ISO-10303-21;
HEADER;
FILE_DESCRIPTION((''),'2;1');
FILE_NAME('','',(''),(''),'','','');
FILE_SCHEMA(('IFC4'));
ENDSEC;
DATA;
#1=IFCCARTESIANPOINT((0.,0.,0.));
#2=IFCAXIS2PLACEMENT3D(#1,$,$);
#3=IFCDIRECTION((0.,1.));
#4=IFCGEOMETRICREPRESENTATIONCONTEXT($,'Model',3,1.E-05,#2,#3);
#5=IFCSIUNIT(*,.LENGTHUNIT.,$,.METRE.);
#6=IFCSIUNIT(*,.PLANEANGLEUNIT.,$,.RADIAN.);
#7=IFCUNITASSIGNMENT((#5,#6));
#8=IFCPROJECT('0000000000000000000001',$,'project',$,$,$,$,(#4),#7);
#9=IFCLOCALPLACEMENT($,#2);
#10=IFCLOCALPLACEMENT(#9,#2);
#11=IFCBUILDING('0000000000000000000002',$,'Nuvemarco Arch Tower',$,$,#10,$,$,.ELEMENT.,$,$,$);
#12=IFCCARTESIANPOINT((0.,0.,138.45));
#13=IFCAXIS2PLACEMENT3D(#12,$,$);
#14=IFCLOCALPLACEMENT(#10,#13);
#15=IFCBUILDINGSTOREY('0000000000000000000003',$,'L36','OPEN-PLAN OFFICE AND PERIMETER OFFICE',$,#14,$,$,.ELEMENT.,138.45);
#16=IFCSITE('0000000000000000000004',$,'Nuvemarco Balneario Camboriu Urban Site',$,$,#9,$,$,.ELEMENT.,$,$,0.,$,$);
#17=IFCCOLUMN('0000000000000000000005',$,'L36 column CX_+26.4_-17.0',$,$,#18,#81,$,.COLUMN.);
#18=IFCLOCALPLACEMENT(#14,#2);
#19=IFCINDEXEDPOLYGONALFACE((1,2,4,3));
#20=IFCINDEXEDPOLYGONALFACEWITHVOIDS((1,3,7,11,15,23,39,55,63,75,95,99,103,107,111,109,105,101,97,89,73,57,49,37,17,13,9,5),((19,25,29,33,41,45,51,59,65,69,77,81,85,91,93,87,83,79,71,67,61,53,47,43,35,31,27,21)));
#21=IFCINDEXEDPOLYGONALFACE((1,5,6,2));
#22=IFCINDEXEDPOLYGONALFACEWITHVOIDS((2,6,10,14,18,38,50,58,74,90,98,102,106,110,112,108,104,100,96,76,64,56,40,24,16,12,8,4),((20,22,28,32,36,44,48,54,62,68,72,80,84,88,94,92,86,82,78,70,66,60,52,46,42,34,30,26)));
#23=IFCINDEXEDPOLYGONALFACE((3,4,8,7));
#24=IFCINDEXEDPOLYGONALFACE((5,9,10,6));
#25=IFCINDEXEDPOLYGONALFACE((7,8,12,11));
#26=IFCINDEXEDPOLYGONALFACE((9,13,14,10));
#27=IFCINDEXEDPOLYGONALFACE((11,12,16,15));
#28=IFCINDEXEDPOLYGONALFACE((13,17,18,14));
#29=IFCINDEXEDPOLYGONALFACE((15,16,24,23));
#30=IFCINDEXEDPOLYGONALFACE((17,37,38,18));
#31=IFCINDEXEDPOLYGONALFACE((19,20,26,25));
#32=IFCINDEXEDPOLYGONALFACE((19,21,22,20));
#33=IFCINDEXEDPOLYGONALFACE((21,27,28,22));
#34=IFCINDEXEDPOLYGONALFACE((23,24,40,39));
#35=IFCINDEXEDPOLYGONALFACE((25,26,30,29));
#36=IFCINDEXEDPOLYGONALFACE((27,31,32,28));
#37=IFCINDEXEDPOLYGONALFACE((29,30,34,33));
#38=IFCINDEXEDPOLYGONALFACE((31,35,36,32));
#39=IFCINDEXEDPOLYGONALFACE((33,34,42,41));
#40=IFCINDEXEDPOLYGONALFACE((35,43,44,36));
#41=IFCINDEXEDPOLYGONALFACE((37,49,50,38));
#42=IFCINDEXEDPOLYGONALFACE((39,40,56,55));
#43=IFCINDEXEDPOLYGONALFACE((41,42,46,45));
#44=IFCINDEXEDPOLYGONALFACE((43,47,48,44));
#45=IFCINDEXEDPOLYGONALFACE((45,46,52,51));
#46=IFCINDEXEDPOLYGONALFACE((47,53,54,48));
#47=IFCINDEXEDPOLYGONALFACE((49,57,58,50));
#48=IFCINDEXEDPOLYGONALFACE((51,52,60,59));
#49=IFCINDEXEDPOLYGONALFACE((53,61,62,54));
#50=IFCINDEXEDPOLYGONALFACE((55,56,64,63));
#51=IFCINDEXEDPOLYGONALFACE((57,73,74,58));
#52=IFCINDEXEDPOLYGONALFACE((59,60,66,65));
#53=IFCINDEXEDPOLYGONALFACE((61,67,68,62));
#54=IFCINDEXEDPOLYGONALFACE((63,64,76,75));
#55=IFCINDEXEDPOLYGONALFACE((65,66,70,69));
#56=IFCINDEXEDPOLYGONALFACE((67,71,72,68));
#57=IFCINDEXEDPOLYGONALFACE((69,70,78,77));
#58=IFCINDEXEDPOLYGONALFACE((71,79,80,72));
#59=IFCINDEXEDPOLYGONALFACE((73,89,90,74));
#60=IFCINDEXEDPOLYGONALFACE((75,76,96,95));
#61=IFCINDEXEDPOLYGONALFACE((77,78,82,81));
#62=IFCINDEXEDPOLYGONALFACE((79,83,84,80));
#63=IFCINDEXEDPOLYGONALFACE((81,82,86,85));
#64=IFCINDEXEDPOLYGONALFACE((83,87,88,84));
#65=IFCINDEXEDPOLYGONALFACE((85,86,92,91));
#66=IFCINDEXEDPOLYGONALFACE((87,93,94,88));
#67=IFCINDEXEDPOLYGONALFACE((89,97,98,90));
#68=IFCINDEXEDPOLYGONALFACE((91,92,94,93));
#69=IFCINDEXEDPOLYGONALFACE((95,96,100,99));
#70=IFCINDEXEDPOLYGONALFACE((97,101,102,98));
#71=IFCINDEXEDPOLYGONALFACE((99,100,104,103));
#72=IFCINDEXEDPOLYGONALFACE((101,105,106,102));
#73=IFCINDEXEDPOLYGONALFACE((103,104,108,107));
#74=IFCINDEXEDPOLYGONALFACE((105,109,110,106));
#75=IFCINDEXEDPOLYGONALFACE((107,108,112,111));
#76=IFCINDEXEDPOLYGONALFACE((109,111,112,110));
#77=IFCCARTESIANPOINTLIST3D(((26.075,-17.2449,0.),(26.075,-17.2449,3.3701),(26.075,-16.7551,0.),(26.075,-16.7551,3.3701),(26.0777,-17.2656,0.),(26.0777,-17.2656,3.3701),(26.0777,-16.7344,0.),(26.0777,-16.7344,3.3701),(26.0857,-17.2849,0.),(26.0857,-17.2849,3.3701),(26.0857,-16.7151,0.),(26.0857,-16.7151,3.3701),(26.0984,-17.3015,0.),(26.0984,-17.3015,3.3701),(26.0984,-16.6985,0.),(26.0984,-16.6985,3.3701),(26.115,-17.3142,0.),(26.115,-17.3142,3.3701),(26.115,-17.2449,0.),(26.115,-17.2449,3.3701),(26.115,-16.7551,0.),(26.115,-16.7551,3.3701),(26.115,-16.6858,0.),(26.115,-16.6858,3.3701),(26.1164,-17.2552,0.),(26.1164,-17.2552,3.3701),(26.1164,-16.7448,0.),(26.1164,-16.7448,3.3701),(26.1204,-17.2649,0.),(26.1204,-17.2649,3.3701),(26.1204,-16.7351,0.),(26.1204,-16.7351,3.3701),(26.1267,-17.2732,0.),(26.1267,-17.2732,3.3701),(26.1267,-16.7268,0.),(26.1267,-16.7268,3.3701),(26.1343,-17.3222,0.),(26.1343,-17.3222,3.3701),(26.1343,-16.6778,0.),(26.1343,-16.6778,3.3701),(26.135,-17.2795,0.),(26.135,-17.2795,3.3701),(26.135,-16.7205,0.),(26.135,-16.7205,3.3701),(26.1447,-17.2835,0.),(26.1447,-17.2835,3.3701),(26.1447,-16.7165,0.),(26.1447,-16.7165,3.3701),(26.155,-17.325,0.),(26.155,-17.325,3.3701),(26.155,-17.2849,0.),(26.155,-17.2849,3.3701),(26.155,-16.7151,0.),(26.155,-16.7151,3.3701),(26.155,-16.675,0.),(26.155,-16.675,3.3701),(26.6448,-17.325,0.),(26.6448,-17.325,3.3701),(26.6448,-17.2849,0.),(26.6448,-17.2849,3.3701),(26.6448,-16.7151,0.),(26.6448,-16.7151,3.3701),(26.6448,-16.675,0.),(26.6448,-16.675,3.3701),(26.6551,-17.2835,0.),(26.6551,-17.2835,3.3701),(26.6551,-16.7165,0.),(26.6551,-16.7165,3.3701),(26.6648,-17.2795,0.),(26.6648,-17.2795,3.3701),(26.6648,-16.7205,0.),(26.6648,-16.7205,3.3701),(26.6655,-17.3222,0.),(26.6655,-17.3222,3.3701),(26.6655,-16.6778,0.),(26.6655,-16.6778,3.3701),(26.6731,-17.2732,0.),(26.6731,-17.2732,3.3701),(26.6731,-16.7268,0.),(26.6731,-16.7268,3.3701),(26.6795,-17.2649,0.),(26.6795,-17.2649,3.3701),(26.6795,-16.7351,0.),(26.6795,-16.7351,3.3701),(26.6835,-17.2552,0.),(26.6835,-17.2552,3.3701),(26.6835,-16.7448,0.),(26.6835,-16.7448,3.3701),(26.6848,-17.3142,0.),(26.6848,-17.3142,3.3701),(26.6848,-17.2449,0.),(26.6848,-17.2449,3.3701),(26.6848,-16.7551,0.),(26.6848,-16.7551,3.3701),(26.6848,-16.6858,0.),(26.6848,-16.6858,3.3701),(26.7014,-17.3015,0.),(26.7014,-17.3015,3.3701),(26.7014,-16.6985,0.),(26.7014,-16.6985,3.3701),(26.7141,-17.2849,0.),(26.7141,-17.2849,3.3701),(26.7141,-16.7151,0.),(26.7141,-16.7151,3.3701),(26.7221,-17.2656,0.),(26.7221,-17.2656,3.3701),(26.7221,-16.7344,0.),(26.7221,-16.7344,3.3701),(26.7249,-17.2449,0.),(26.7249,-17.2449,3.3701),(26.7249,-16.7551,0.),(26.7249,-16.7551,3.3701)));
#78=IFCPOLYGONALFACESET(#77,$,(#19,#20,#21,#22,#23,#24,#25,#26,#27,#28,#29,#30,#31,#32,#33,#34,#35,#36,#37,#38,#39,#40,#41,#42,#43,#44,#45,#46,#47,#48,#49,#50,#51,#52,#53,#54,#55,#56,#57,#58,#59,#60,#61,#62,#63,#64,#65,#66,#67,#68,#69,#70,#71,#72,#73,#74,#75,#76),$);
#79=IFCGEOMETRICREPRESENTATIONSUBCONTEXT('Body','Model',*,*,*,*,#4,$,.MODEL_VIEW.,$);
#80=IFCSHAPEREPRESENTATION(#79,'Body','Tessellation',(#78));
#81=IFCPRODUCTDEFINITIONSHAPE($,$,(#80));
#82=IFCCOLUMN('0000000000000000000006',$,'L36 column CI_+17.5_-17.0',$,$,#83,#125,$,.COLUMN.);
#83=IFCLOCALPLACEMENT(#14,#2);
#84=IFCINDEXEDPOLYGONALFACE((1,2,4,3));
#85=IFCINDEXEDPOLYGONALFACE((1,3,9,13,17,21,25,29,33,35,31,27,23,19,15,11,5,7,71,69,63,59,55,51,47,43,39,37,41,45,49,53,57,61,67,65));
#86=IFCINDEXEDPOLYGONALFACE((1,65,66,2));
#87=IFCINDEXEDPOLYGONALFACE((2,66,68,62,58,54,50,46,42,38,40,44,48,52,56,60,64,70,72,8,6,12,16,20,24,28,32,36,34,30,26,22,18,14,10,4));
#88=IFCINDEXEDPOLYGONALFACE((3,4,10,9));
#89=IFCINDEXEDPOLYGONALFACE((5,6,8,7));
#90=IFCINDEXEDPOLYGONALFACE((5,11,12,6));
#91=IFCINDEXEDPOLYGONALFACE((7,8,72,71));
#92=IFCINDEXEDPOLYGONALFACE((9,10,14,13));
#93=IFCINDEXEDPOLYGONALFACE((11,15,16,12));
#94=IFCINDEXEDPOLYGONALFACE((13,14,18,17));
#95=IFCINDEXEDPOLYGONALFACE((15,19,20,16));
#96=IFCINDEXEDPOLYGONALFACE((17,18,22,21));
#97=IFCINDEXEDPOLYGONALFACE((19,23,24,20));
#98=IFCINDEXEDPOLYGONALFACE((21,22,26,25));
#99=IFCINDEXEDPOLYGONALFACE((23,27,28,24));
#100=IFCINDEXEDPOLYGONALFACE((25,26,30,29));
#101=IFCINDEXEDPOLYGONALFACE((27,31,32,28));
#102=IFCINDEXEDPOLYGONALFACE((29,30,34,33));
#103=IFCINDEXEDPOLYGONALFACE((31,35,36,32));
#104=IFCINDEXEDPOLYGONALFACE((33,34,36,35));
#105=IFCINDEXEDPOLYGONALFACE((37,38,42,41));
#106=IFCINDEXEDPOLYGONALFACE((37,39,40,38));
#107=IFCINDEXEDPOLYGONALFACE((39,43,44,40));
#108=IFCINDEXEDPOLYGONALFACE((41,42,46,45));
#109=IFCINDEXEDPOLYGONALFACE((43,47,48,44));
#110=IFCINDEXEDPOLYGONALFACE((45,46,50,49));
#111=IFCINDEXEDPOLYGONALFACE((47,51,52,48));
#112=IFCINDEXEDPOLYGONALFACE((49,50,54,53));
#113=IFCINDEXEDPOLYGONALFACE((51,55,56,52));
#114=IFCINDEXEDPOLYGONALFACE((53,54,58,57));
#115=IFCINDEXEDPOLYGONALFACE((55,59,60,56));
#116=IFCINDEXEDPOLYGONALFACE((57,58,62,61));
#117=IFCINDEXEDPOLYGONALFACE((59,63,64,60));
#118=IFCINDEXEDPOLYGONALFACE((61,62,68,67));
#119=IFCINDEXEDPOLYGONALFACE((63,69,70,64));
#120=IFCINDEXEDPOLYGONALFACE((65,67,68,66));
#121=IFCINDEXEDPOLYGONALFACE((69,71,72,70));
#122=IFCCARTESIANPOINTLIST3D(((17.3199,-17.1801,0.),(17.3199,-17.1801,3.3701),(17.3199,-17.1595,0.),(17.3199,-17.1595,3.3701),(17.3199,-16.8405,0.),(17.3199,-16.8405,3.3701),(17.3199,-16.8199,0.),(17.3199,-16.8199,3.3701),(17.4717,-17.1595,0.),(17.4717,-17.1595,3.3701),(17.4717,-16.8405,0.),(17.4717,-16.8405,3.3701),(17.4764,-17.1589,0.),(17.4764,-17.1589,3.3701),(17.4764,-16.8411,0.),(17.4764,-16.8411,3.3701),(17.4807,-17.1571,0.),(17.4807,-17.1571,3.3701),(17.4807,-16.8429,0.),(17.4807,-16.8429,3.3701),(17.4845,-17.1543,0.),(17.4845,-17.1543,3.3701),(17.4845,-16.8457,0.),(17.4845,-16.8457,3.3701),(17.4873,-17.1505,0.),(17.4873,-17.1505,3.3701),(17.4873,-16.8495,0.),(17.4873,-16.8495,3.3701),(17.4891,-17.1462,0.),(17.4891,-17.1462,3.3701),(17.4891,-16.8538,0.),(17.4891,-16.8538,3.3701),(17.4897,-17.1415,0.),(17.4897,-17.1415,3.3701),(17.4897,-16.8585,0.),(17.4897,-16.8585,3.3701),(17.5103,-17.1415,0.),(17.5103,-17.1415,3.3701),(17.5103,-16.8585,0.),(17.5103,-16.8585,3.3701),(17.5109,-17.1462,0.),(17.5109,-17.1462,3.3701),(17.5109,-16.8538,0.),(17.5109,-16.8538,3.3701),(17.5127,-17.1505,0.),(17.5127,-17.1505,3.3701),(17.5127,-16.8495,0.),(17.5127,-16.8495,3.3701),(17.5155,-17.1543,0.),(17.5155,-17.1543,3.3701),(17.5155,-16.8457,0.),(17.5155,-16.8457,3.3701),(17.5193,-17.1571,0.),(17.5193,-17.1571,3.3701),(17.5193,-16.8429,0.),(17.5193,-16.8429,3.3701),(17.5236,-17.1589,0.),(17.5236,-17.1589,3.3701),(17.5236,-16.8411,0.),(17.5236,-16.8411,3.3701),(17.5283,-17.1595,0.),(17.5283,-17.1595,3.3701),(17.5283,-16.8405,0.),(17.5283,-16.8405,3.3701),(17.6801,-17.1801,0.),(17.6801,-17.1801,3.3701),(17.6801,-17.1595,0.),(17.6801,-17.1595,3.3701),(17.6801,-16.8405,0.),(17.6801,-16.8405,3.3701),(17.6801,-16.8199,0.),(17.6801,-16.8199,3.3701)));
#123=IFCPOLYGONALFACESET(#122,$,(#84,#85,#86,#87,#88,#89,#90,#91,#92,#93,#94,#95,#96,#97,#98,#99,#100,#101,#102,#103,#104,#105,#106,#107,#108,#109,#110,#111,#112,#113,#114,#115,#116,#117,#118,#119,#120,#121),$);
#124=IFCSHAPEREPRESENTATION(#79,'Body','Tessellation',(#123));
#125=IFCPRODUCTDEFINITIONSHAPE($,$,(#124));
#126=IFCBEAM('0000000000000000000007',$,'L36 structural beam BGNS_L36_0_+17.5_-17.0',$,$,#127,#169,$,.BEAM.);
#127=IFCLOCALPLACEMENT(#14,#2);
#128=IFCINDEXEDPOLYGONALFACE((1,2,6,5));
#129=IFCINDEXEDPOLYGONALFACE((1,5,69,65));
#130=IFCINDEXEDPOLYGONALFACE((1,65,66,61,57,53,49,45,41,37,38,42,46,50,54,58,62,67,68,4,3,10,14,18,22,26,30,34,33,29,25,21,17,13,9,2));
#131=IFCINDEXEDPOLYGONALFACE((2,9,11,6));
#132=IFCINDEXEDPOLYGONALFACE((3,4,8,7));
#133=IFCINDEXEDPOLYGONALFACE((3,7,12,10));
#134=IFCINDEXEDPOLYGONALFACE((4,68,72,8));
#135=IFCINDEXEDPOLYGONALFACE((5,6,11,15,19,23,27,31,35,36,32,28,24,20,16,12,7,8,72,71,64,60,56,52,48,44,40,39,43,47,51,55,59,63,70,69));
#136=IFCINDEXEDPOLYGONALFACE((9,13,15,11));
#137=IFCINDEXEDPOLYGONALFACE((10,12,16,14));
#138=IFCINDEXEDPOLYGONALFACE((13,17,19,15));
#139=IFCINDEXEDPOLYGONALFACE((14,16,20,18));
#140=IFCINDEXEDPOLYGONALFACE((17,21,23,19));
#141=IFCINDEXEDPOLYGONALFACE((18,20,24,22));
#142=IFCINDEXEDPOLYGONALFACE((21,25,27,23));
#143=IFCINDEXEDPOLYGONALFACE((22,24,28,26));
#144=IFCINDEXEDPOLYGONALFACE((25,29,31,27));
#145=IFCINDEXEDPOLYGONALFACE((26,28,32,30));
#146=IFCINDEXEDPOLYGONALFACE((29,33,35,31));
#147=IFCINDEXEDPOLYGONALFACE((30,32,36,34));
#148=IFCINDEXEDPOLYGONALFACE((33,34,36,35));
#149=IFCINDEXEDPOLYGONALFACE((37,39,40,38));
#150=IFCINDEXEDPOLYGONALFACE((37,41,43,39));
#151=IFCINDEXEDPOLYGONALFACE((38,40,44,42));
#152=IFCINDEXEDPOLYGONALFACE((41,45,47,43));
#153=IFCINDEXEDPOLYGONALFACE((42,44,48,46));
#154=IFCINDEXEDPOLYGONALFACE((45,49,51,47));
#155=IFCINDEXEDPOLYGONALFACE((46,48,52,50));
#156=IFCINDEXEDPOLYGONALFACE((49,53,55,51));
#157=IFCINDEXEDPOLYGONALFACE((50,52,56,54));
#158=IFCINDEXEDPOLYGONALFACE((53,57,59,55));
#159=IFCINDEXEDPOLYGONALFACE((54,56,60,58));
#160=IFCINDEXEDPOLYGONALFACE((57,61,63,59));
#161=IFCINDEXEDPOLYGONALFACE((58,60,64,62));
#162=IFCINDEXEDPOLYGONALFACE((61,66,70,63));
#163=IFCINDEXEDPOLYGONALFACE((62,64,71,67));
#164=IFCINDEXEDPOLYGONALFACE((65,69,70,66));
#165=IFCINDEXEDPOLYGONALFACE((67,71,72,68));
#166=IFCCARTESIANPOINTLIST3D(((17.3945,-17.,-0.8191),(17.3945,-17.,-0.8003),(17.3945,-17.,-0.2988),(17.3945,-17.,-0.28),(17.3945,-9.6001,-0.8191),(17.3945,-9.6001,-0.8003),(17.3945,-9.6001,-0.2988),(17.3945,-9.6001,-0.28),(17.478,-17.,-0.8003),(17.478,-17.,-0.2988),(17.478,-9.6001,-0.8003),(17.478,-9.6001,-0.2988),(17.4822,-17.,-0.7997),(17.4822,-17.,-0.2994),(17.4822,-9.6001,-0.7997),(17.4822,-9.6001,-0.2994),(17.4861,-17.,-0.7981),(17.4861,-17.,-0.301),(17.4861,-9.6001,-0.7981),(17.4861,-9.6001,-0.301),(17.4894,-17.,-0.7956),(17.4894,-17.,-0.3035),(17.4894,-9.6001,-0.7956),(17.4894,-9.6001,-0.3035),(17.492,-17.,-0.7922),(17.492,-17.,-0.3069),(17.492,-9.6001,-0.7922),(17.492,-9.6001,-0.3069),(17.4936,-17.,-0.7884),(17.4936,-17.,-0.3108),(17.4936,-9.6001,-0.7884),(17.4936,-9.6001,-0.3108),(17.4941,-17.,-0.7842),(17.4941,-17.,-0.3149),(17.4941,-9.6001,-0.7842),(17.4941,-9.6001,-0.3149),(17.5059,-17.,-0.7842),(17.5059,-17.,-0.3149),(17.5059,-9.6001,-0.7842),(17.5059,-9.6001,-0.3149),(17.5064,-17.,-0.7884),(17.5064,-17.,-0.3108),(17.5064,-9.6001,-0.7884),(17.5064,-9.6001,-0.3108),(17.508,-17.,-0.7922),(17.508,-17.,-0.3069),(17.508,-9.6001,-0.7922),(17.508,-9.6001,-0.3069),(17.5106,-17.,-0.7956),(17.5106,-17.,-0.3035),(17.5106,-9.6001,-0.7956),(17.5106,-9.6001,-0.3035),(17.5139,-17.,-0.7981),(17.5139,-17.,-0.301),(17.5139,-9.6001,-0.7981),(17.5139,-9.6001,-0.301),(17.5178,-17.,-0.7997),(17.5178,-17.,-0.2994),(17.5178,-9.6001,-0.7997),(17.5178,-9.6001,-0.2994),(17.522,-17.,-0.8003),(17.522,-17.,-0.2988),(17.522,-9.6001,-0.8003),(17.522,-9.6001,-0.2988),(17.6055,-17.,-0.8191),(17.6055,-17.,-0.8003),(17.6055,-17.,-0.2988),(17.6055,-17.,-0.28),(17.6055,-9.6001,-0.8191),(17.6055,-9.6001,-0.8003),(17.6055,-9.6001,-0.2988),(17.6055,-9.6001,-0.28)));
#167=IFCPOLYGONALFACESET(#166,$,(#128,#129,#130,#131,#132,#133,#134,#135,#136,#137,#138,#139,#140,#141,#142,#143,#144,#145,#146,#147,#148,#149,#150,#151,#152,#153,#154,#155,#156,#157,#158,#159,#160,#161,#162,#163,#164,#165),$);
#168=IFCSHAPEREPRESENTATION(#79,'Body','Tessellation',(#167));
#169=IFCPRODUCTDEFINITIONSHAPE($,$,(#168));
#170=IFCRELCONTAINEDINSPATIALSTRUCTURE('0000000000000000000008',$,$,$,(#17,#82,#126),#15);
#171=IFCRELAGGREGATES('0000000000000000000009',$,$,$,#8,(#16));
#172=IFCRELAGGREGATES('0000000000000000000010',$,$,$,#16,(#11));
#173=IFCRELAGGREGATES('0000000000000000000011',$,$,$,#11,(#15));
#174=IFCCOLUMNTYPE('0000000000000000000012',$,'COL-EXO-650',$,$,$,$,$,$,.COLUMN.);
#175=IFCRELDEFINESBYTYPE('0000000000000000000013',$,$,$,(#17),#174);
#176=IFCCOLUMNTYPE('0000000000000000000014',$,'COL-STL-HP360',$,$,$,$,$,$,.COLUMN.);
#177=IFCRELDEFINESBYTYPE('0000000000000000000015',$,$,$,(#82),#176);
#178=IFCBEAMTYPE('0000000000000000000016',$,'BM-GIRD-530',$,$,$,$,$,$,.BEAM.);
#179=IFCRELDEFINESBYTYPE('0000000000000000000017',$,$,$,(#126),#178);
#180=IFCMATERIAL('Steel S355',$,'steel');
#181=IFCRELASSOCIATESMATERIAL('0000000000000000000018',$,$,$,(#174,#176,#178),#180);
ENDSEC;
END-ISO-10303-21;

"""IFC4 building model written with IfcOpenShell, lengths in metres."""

from ifc_helpers import new_model, si_unit, direction, frame, origin, origin_2d, place, context, subcontext, project, spatial, hollow_rectangle, i_section, extrude, material, material_profile, profile_set, type_object, element, save


model = new_model("IFC4")

# Units and contexts
model_context = context("Model", 3, precision=1e-05, world=origin(), true_north=direction((0.0, 1.0)))
body_context = subcontext(model_context, "Body", "Model", "MODEL_VIEW")
ifc_project = project(units=[si_unit("LENGTHUNIT", "METRE"), si_unit("PLANEANGLEUNIT", "RADIAN")], contexts=[model_context])

# Site, building, storey
site_placement = place(None, origin())
site = spatial("IfcSite", under=ifc_project, at=site_placement, Name="Nuvemarco Balneario Camboriu Urban Site", CompositionType="ELEMENT", RefElevation=0.0)
building_placement = place(site_placement, origin())
building = spatial("IfcBuilding", under=site, at=building_placement, Name="Nuvemarco Arch Tower", CompositionType="ELEMENT")
storey_placement = place(building_placement, frame((0.0, 0.0, 138.45)))
storey = spatial("IfcBuildingStorey", under=building, at=storey_placement, Name="L36", Description="OPEN-PLAN OFFICE AND PERIMETER OFFICE", CompositionType="ELEMENT", Elevation=138.45)

# Columns
ifc_material_1 = material(Name="Steel S355", Category="steel")
ifc_material_profile_1 = material_profile(ifc_material_1, hollow_rectangle(XDim=0.6499, YDim=0.6499, WallThickness=0.04, InnerFilletRadius=0.04, OuterFilletRadius=0.0801, at=origin_2d()), Name="SHS650x650x40")
ifc_profile_set_1 = profile_set([ifc_material_profile_1], Name="Steel S355")
column_type_1 = type_object("IfcColumnType", Name="COL-EXO-650", PredefinedType="COLUMN", material=ifc_profile_set_1)
column_1_placement = place(storey_placement, frame((26.3999, -17.0, 0.0), z_axis=(0.0, 0.0, 1.0), x_axis=(1.0, 0.0, 0.0)))
element("IfcColumn", 1, at=column_1_placement, inside=storey, type_object=column_type_1, Name="L36 column CX_+26.4_-17.0", PredefinedType="COLUMN", context=body_context, shape_type="SweptSolid", body=[
    extrude(hollow_rectangle(XDim=0.6499, YDim=0.6499, WallThickness=0.04, InnerFilletRadius=0.04, OuterFilletRadius=0.0801, at=origin_2d()), origin(), (0.0, 0.0, 1.0), 3.3701),
])
ifc_material_profile_2 = material_profile(ifc_material_1, i_section(OverallWidth=0.3601, OverallDepth=0.3601, WebThickness=0.0205, FlangeThickness=0.0205, FilletRadius=0.0181, at=origin_2d()), Name="HP360x174")
ifc_profile_set_2 = profile_set([ifc_material_profile_2], Name="Steel S355")
column_type_2 = type_object("IfcColumnType", Name="COL-STL-HP360", PredefinedType="COLUMN", material=ifc_profile_set_2)
column_2_placement = place(storey_placement, frame((17.5, -17.0, 0.0), z_axis=(0.0, 0.0, 1.0), x_axis=(1.0, 0.0, 0.0)))
element("IfcColumn", 2, at=column_2_placement, inside=storey, type_object=column_type_2, Name="L36 column CI_+17.5_-17.0", PredefinedType="COLUMN", context=body_context, shape_type="SweptSolid", body=[
    extrude(i_section(OverallWidth=0.3601, OverallDepth=0.3601, WebThickness=0.0205, FlangeThickness=0.0205, FilletRadius=0.0181, at=origin_2d()), origin(), (0.0, 0.0, 1.0), 3.3701),
])

# Beam
ifc_material_profile_3 = material_profile(ifc_material_1, i_section(OverallWidth=0.2109, OverallDepth=0.5391, WebThickness=0.0117, FlangeThickness=0.0188, FilletRadius=0.0161, at=origin_2d()), Name="W530x109")
ifc_profile_set_3 = profile_set([ifc_material_profile_3], Name="Steel S355")
beam_type_1 = type_object("IfcBeamType", Name="BM-GIRD-530", PredefinedType="BEAM", material=ifc_profile_set_3)
beam_1_placement = place(storey_placement, frame((17.5, -17.0, -0.5496), z_axis=(0.0, 1.0, 0.0), x_axis=(-1.0, 0.0, 0.0)))
element("IfcBeam", 3, at=beam_1_placement, inside=storey, type_object=beam_type_1, Name="L36 structural beam BGNS_L36_0_+17.5_-17.0", PredefinedType="BEAM", context=body_context, shape_type="SweptSolid", body=[
    extrude(i_section(OverallWidth=0.2109, OverallDepth=0.5391, WebThickness=0.0117, FlangeThickness=0.0188, FilletRadius=0.0161, at=origin_2d()), origin(), (0.0, 0.0, 1.0), 7.3999),
])

save(model, "model.ifc")
